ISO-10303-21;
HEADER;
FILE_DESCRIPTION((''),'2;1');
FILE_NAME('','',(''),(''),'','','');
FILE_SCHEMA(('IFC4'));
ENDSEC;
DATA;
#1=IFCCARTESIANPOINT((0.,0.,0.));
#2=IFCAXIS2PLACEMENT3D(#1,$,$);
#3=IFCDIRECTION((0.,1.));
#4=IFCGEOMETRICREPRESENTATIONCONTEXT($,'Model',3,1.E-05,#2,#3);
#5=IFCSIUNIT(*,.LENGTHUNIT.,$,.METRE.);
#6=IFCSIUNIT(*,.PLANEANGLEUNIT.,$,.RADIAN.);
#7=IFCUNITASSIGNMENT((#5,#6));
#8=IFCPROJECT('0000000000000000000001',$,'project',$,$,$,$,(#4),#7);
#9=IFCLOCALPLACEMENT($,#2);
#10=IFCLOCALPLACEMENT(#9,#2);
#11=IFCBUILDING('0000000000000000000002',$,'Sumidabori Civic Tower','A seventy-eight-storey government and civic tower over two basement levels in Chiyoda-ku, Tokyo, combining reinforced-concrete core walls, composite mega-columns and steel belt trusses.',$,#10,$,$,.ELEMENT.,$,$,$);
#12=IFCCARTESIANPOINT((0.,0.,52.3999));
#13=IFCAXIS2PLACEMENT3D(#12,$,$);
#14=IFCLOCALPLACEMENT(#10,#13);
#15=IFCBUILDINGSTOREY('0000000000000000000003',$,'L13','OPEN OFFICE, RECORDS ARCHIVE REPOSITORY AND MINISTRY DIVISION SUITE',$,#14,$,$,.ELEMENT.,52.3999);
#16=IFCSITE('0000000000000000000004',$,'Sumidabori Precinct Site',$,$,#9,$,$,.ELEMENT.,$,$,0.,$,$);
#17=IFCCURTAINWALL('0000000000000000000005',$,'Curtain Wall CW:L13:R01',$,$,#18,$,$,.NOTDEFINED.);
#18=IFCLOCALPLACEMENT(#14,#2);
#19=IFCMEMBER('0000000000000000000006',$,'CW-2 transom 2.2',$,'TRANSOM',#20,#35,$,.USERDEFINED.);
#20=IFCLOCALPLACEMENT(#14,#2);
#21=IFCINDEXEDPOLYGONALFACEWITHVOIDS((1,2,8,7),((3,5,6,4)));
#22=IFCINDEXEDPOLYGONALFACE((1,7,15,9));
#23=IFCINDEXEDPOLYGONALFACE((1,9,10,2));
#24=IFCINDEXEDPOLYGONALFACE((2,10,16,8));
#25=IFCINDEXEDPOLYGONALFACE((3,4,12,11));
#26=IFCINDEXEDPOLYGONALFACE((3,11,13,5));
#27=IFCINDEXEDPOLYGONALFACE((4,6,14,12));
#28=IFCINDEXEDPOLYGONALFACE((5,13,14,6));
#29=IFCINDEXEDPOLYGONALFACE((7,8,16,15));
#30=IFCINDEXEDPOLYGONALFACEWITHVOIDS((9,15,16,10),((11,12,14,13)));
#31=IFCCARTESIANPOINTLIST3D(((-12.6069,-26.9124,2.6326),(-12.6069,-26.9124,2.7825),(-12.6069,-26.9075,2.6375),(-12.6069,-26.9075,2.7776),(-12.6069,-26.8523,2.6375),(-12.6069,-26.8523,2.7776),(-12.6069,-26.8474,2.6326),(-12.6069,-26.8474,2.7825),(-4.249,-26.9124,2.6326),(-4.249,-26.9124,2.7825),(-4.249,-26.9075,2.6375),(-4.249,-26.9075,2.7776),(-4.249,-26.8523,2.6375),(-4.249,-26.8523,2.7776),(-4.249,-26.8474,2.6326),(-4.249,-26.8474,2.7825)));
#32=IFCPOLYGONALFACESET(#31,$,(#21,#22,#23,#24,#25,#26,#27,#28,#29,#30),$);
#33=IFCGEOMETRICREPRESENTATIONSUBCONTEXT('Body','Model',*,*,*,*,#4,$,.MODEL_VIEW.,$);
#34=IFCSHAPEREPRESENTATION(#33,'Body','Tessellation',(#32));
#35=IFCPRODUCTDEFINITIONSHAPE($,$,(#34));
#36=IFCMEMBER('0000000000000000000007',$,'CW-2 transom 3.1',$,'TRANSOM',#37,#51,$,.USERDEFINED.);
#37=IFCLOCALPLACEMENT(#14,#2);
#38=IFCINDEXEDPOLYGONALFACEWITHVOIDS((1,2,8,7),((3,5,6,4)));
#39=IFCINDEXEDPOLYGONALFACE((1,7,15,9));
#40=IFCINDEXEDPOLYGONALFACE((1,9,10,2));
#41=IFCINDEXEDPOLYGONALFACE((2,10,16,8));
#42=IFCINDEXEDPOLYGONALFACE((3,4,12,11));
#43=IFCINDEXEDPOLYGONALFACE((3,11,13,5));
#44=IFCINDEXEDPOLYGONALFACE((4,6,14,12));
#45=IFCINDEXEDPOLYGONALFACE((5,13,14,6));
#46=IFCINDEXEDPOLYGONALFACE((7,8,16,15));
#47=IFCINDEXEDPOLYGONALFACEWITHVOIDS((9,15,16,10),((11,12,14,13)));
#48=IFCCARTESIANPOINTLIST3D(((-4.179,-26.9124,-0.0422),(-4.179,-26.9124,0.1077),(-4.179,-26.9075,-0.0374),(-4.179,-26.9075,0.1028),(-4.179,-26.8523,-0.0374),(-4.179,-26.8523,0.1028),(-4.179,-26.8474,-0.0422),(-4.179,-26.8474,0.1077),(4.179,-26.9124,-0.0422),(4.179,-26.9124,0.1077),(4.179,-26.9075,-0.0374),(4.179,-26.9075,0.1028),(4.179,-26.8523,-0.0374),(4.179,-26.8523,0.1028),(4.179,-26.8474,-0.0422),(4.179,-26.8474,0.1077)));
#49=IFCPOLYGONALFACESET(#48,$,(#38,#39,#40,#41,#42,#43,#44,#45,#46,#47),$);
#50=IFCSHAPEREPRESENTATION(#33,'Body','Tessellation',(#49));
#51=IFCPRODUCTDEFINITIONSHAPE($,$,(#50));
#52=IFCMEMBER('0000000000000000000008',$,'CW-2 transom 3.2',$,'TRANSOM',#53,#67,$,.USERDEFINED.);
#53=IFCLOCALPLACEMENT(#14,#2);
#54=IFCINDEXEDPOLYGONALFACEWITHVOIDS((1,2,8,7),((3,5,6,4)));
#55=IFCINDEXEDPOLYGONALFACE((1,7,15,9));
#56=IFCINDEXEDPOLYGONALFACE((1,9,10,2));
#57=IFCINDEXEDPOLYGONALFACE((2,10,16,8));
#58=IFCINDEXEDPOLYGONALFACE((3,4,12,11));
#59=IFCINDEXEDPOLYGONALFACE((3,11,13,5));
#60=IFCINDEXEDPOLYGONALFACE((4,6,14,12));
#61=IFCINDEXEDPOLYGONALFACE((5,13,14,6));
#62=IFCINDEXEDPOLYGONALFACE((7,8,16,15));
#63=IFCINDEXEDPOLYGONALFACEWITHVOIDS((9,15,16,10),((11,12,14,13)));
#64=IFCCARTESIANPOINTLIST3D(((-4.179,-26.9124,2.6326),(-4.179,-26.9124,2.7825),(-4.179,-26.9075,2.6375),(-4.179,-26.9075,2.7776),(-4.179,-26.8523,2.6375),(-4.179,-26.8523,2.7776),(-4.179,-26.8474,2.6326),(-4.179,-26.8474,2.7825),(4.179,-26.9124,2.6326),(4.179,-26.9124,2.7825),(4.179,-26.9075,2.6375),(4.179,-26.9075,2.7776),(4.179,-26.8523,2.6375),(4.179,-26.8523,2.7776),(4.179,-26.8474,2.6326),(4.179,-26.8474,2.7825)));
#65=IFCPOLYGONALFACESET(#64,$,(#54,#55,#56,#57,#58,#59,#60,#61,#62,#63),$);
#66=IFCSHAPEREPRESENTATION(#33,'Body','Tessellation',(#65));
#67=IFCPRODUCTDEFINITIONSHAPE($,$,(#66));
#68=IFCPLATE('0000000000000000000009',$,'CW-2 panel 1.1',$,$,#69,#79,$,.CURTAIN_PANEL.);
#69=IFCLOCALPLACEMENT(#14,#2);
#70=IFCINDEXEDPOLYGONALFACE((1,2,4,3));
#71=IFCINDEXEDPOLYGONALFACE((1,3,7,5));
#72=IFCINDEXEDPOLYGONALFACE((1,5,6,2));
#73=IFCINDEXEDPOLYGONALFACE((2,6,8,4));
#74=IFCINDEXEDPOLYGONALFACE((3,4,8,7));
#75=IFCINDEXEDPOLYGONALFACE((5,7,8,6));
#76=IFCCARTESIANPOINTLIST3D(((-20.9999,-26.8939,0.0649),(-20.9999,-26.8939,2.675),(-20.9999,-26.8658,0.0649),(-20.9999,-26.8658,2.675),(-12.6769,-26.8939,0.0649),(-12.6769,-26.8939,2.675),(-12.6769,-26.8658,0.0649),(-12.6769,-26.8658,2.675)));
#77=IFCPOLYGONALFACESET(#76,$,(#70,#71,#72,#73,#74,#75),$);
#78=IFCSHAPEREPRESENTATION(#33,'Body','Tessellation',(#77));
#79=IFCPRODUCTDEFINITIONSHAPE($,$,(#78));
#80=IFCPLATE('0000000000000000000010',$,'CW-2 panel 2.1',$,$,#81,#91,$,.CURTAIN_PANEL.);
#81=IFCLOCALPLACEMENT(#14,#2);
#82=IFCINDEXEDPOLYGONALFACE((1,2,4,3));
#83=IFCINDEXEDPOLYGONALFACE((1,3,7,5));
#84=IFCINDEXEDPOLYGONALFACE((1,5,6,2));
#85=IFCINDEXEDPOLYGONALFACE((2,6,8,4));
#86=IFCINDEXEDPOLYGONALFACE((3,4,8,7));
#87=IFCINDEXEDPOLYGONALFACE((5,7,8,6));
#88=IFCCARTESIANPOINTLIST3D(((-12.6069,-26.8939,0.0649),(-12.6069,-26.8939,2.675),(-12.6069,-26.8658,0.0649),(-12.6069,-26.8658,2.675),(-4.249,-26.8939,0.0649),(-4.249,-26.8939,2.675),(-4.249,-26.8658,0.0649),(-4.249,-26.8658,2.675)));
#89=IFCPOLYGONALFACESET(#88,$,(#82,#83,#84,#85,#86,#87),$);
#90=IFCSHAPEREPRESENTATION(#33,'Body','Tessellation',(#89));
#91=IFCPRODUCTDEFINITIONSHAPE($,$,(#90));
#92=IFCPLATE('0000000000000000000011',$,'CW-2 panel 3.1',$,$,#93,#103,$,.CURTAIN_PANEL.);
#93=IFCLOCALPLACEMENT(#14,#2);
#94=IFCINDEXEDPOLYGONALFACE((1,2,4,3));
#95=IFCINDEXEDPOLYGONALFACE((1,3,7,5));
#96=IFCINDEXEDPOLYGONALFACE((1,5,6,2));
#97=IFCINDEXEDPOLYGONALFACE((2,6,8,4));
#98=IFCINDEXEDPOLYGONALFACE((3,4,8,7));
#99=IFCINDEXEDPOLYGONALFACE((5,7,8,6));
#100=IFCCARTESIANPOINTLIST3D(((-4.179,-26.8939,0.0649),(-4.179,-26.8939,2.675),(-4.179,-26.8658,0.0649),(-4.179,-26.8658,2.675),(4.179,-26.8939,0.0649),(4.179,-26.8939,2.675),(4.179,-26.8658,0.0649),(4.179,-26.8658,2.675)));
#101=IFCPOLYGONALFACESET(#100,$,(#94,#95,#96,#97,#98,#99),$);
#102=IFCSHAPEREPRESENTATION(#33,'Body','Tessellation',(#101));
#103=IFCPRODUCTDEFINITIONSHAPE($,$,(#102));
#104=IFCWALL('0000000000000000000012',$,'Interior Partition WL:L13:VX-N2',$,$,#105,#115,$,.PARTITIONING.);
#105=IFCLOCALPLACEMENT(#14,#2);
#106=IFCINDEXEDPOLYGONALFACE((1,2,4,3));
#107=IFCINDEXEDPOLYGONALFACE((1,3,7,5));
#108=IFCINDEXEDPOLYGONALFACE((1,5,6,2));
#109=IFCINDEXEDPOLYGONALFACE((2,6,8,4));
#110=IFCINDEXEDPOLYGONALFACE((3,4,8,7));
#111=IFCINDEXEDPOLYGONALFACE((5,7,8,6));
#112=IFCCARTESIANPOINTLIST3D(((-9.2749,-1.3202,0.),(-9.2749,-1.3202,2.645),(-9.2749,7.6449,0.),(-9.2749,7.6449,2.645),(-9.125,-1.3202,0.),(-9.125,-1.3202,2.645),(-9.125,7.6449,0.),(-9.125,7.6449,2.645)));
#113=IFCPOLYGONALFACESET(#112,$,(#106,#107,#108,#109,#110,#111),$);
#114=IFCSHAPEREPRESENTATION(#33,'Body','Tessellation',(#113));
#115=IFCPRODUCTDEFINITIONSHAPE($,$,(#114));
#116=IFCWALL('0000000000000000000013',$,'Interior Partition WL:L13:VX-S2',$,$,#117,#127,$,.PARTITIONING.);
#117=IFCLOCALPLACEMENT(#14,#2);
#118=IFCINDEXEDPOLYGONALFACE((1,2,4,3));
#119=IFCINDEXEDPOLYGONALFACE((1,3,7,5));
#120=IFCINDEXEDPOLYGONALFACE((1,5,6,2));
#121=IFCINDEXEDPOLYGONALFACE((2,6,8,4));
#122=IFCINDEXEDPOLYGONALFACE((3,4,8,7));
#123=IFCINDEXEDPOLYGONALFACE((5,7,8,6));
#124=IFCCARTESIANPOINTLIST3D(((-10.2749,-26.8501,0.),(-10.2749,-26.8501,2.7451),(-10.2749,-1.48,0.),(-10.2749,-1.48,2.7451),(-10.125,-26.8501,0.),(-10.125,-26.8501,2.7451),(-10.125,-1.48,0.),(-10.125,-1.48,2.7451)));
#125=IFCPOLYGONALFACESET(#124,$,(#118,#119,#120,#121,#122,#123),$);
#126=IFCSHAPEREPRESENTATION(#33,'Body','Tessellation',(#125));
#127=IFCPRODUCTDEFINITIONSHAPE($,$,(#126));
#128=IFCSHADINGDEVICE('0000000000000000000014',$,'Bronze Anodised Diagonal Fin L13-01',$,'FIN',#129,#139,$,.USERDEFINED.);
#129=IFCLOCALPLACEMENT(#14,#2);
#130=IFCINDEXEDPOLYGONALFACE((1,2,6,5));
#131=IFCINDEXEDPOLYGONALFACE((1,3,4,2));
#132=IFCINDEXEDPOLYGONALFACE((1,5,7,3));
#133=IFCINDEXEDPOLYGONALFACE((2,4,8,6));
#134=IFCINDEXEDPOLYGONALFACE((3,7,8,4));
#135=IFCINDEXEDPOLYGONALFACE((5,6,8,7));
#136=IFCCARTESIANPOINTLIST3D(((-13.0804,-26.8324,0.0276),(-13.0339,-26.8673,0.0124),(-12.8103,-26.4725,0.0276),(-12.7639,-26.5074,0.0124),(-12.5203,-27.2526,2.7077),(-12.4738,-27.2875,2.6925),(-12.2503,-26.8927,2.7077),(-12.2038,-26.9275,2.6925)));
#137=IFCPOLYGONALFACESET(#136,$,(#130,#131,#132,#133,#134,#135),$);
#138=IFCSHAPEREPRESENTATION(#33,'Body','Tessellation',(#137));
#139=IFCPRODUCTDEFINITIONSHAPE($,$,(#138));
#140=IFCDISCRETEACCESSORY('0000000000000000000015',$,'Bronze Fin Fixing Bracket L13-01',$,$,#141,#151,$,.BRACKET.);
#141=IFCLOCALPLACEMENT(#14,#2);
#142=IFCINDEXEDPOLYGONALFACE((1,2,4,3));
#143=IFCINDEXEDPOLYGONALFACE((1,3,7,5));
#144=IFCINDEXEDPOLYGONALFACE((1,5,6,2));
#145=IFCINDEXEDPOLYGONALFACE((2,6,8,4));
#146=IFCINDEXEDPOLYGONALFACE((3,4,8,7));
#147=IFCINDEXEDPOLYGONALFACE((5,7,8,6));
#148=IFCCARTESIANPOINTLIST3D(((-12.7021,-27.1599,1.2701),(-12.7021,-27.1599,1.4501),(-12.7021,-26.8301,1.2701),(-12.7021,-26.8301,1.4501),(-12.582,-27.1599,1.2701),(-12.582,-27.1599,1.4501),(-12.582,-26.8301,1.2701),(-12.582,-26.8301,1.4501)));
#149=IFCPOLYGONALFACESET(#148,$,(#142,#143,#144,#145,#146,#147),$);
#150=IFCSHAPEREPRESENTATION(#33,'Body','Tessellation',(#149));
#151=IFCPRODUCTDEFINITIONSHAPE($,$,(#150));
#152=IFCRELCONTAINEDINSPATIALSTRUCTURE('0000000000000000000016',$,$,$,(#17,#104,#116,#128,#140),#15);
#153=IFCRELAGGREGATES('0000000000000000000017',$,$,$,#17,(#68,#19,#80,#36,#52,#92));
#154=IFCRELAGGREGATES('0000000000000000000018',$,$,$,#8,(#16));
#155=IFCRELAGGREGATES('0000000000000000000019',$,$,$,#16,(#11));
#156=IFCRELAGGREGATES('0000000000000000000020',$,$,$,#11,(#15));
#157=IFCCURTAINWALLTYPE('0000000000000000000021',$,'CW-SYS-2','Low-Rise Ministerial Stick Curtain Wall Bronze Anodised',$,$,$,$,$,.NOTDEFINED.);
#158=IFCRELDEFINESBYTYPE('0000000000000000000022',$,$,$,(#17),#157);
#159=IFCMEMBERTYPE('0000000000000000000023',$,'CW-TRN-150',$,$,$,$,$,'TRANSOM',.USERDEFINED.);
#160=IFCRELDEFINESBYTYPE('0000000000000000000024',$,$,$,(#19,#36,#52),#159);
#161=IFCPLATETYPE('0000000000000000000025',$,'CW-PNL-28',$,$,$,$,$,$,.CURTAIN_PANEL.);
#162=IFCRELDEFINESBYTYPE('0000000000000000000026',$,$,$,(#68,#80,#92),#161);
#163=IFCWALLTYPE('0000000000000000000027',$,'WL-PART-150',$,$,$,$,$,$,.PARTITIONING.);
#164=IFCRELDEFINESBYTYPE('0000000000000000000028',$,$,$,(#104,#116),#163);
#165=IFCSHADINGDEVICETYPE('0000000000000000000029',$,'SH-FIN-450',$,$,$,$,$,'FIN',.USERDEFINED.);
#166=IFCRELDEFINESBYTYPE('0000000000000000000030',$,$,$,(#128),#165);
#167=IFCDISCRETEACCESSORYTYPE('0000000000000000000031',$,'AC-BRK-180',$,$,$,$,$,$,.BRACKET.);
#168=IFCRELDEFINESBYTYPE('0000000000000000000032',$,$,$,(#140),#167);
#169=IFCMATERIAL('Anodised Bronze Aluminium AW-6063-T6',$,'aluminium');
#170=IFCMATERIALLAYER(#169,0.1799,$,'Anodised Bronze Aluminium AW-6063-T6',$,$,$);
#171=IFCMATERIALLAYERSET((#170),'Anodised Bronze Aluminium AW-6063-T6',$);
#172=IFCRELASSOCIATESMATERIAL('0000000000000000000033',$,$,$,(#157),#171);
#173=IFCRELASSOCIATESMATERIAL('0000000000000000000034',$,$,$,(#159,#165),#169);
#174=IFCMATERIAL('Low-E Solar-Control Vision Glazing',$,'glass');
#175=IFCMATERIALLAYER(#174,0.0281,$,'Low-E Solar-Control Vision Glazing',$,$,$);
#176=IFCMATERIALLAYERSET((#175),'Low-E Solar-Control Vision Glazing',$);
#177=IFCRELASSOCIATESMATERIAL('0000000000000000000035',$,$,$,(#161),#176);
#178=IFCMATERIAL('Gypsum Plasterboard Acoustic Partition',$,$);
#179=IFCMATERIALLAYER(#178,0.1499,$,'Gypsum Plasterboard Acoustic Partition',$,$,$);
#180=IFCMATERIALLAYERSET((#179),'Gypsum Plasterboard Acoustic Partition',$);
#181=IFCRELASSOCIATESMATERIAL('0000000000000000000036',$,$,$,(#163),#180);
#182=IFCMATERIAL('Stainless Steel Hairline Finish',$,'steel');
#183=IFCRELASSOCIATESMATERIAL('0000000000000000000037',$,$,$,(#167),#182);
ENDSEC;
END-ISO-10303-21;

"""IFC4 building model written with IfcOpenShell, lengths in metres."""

from ifc_helpers import new_model, si_unit, direction, frame, frame_2d, origin, origin_2d, place, context, subcontext, project, spatial, rectangle, hollow_rectangle, extrude, source, transform, mapped, material, layer, layer_set, material_profile, profile_set, type_object, element, aggregate, save


model = new_model("IFC4")

# Units and contexts
model_context = context("Model", 3, precision=1e-05, world=origin(), true_north=direction((0.0, 1.0)))
body_context = subcontext(model_context, "Body", "Model", "MODEL_VIEW")
ifc_project = project(units=[si_unit("LENGTHUNIT", "METRE"), si_unit("PLANEANGLEUNIT", "RADIAN")], contexts=[model_context])

# Site, building, storey
site_placement = place(None, origin())
site = spatial("IfcSite", under=ifc_project, at=site_placement, Name="Sumidabori Precinct Site", CompositionType="ELEMENT", RefElevation=0.0)
building_placement = place(site_placement, origin())
building = spatial("IfcBuilding", under=site, at=building_placement, Name="Sumidabori Civic Tower", Description="A seventy-eight-storey government and civic tower over two basement levels in Chiyoda-ku, Tokyo, combining reinforced-concrete core walls, composite mega-columns and steel belt trusses.", CompositionType="ELEMENT")
storey_placement = place(building_placement, frame((0.0, 0.0, 52.3999)))
storey = spatial("IfcBuildingStorey", under=building, at=storey_placement, Name="L13", Description="OPEN OFFICE, RECORDS ARCHIVE REPOSITORY AND MINISTRY DIVISION SUITE", CompositionType="ELEMENT", Elevation=52.3999)

# Curtain wall, members, plates
ifc_material_1 = material(Name="Anodised Bronze Aluminium AW-6063-T6", Category="aluminium")
ifc_layer_1 = layer(ifc_material_1, 0.1799, Name="Anodised Bronze Aluminium AW-6063-T6")
ifc_layer_set_1 = layer_set([ifc_layer_1], Name="Anodised Bronze Aluminium AW-6063-T6")
curtain_wall_type = type_object("IfcCurtainWallType", Name="CW-SYS-2", Description="Low-Rise Ministerial Stick Curtain Wall Bronze Anodised", PredefinedType="NOTDEFINED", material=ifc_layer_set_1)
curtain_wall_placement = place(storey_placement, origin())
curtain_wall = element("IfcCurtainWall", 1, at=curtain_wall_placement, inside=storey, type_object=curtain_wall_type, Name="Curtain Wall CW:L13:R01", PredefinedType="NOTDEFINED")
ifc_material_profile_1 = material_profile(ifc_material_1, hollow_rectangle(XDim=0.0649, YDim=0.1499, WallThickness=0.0049, at=origin_2d()), Name="ALU TRANSOM 150x65")
ifc_profile_set_1 = profile_set([ifc_material_profile_1], Name="Anodised Bronze Aluminium AW-6063-T6")
member_type_1 = type_object("IfcMemberType", Name="CW-TRN-150", ElementType="TRANSOM", PredefinedType="USERDEFINED", material=ifc_profile_set_1)
shared_shape_1 = source(origin(), body_context, "Body", "SweptSolid", [
    extrude(hollow_rectangle(XDim=0.0649, YDim=0.1499, WallThickness=0.0049, at=origin_2d()), origin(), (0.0, 0.0, 1.0), 8.3579),
])
member_1_placement = place(storey_placement, frame((-12.6069, -26.8799, 2.7075), z_axis=(1.0, 0.0, 0.0), x_axis=(0.0, 1.0, 0.0)))
member_1 = element("IfcMember", 2, at=member_1_placement, type_object=member_type_1, Name="CW-2 transom 2.2", ObjectType="TRANSOM", PredefinedType="USERDEFINED", context=body_context, shape_type="MappedRepresentation", body=[
    mapped(shared_shape_1, transform((0.0, 0.0, 0.0), x_axis=(1.0, 0.0, 0.0), y_axis=(0.0, 1.0, 0.0), z_axis=(0.0, 0.0, 1.0), scale=1.0)),
])
member_2_placement = place(storey_placement, frame((-4.179, -26.8799, 0.0327), z_axis=(1.0, 0.0, 0.0), x_axis=(0.0, 1.0, 0.0)))
member_2 = element("IfcMember", 3, at=member_2_placement, type_object=member_type_1, Name="CW-2 transom 3.1", ObjectType="TRANSOM", PredefinedType="USERDEFINED", context=body_context, shape_type="MappedRepresentation", body=[
    mapped(shared_shape_1, transform((0.0, 0.0, 0.0), x_axis=(1.0, 0.0, 0.0), y_axis=(0.0, 1.0, 0.0), z_axis=(0.0, 0.0, 1.0), scale=1.0)),
])
member_3_placement = place(storey_placement, frame((-4.179, -26.8799, 2.7075), z_axis=(1.0, 0.0, 0.0), x_axis=(0.0, 1.0, 0.0)))
member_3 = element("IfcMember", 4, at=member_3_placement, type_object=member_type_1, Name="CW-2 transom 3.2", ObjectType="TRANSOM", PredefinedType="USERDEFINED", context=body_context, shape_type="MappedRepresentation", body=[
    mapped(shared_shape_1, transform((0.0, 0.0, 0.0), x_axis=(1.0, 0.0, 0.0), y_axis=(0.0, 1.0, 0.0), z_axis=(0.0, 0.0, 1.0), scale=1.0)),
])
ifc_material_2 = material(Name="Low-E Solar-Control Vision Glazing", Category="glass")
ifc_layer_2 = layer(ifc_material_2, 0.0281, Name="Low-E Solar-Control Vision Glazing")
ifc_layer_set_2 = layer_set([ifc_layer_2], Name="Low-E Solar-Control Vision Glazing")
plate_type = type_object("IfcPlateType", Name="CW-PNL-28", PredefinedType="CURTAIN_PANEL", material=ifc_layer_set_2)
shared_shape_2 = source(origin(), body_context, "Body", "SweptSolid", [
    extrude(rectangle(XDim=8.323, YDim=0.0281, at=origin_2d()), origin(), (0.0, 0.0, 1.0), 2.6101),
])
plate_1_placement = place(storey_placement, frame((-16.8384, -26.8799, 0.0649), z_axis=(0.0, 0.0, 1.0), x_axis=(1.0, 0.0, 0.0)))
plate_1 = element("IfcPlate", 5, at=plate_1_placement, type_object=plate_type, Name="CW-2 panel 1.1", PredefinedType="CURTAIN_PANEL", context=body_context, shape_type="MappedRepresentation", body=[
    mapped(shared_shape_2, transform((0.0, 0.0, 0.0), x_axis=(1.0, 0.0, 0.0), y_axis=(0.0, 1.0, 0.0), z_axis=(0.0, 0.0, 1.0), scale=1.0)),
])
shared_shape_3 = source(origin(), body_context, "Body", "SweptSolid", [
    extrude(rectangle(XDim=8.3579, YDim=0.0281, at=origin_2d()), origin(), (0.0, 0.0, 1.0), 2.6101),
])
plate_2_placement = place(storey_placement, frame((-8.428, -26.8799, 0.0649), z_axis=(0.0, 0.0, 1.0), x_axis=(1.0, 0.0, 0.0)))
plate_2 = element("IfcPlate", 6, at=plate_2_placement, type_object=plate_type, Name="CW-2 panel 2.1", PredefinedType="CURTAIN_PANEL", context=body_context, shape_type="MappedRepresentation", body=[
    mapped(shared_shape_3, transform((0.0, 0.0, 0.0), x_axis=(1.0, 0.0, 0.0), y_axis=(0.0, 1.0, 0.0), z_axis=(0.0, 0.0, 1.0), scale=1.0)),
])
plate_3_placement = place(storey_placement, frame((0.0, -26.8799, 0.0649), z_axis=(0.0, 0.0, 1.0), x_axis=(1.0, 0.0, 0.0)))
plate_3 = element("IfcPlate", 7, at=plate_3_placement, type_object=plate_type, Name="CW-2 panel 3.1", PredefinedType="CURTAIN_PANEL", context=body_context, shape_type="MappedRepresentation", body=[
    mapped(shared_shape_3, transform((0.0, 0.0, 0.0), x_axis=(1.0, 0.0, 0.0), y_axis=(0.0, 1.0, 0.0), z_axis=(0.0, 0.0, 1.0), scale=1.0)),
])
aggregate(curtain_wall, [plate_1, member_1, plate_2, member_2, member_3, plate_3])

# Walls
ifc_material_3 = material(Name="Gypsum Plasterboard Acoustic Partition")
ifc_layer_3 = layer(ifc_material_3, 0.1499, Name="Gypsum Plasterboard Acoustic Partition")
ifc_layer_set_3 = layer_set([ifc_layer_3], Name="Gypsum Plasterboard Acoustic Partition")
wall_type = type_object("IfcWallType", Name="WL-PART-150", PredefinedType="PARTITIONING", material=ifc_layer_set_3)
shared_shape_4 = source(origin(), body_context, "Body", "SweptSolid", [
    extrude(rectangle(XDim=8.9651, YDim=0.1499, at=frame_2d((4.4824, 0.0))), origin(), (0.0, 0.0, 1.0), 2.645),
])
wall_1_placement = place(storey_placement, frame((-9.2, -1.3201, 0.0), z_axis=(0.0, 0.0, 1.0), x_axis=(0.0, 1.0, 0.0)))
element("IfcWall", 8, at=wall_1_placement, inside=storey, type_object=wall_type, Name="Interior Partition WL:L13:VX-N2", PredefinedType="PARTITIONING", context=body_context, shape_type="MappedRepresentation", body=[
    mapped(shared_shape_4, transform((0.0, 0.0, 0.0), x_axis=(1.0, 0.0, 0.0), y_axis=(0.0, 1.0, 0.0), z_axis=(0.0, 0.0, 1.0), scale=1.0)),
])
shared_shape_5 = source(origin(), body_context, "Body", "SweptSolid", [
    extrude(rectangle(XDim=25.3701, YDim=0.1499, at=frame_2d((12.6851, 0.0))), origin(), (0.0, 0.0, 1.0), 2.7451),
])
wall_2_placement = place(storey_placement, frame((-10.2, -26.8501, 0.0), z_axis=(0.0, 0.0, 1.0), x_axis=(0.0, 1.0, 0.0)))
element("IfcWall", 9, at=wall_2_placement, inside=storey, type_object=wall_type, Name="Interior Partition WL:L13:VX-S2", PredefinedType="PARTITIONING", context=body_context, shape_type="MappedRepresentation", body=[
    mapped(shared_shape_5, transform((0.0, 0.0, 0.0), x_axis=(1.0, 0.0, 0.0), y_axis=(0.0, 1.0, 0.0), z_axis=(0.0, 0.0, 1.0), scale=1.0)),
])

# Shading device
ifc_material_profile_2 = material_profile(ifc_material_1, rectangle(XDim=0.0601, YDim=0.45, at=origin_2d()), Name="BRONZE FIN 450x60")
ifc_profile_set_2 = profile_set([ifc_material_profile_2], Name="Anodised Bronze Aluminium AW-6063-T6")
shading_device_type = type_object("IfcShadingDeviceType", Name="SH-FIN-450", ElementType="FIN", PredefinedType="USERDEFINED", material=ifc_profile_set_2)
shared_shape_6 = source(origin(), body_context, "Body", "SweptSolid", [
    extrude(rectangle(XDim=0.0601, YDim=0.45, at=origin_2d()), origin(), (0.0, 0.0, 1.0), 2.77),
])
shading_device_placement = place(storey_placement, frame((-12.9221, -26.6699, 0.02), z_axis=(0.202179, -0.151678, 0.967532), x_axis=(0.773944, -0.580627, -0.25275)))
element("IfcShadingDevice", 10, at=shading_device_placement, inside=storey, type_object=shading_device_type, Name="Bronze Anodised Diagonal Fin L13-01", ObjectType="FIN", PredefinedType="USERDEFINED", context=body_context, shape_type="MappedRepresentation", body=[
    mapped(shared_shape_6, transform((0.0, 0.0, 0.0), x_axis=(1.0, 0.0, 0.0), y_axis=(0.0, 1.0, 0.0), z_axis=(0.0, 0.0, 1.0), scale=1.0)),
])

# Discrete accessory
ifc_material_4 = material(Name="Stainless Steel Hairline Finish", Category="steel")
ifc_material_profile_3 = material_profile(ifc_material_4, rectangle(XDim=0.1201, YDim=0.1799, at=origin_2d()), Name="STEEL BRACKET 180x120")
ifc_profile_set_3 = profile_set([ifc_material_profile_3], Name="Stainless Steel Hairline Finish")
discrete_accessory_type = type_object("IfcDiscreteAccessoryType", Name="AC-BRK-180", PredefinedType="BRACKET", material=ifc_profile_set_3)
shared_shape_7 = source(origin(), body_context, "Body", "SweptSolid", [
    extrude(rectangle(XDim=0.1201, YDim=0.1799, at=origin_2d()), origin(), (0.0, 0.0, 1.0), 0.3298),
])
discrete_accessory_placement = place(storey_placement, frame((-12.6421, -26.8301, 1.3601), z_axis=(0.0, -1.0, 0.0), x_axis=(1.0, 0.0, 0.0)))
element("IfcDiscreteAccessory", 11, at=discrete_accessory_placement, inside=storey, type_object=discrete_accessory_type, Name="Bronze Fin Fixing Bracket L13-01", PredefinedType="BRACKET", context=body_context, shape_type="MappedRepresentation", body=[
    mapped(shared_shape_7, transform((0.0, 0.0, 0.0), x_axis=(1.0, 0.0, 0.0), y_axis=(0.0, 1.0, 0.0), z_axis=(0.0, 0.0, 1.0), scale=1.0)),
])

save(model, "model.ifc")
